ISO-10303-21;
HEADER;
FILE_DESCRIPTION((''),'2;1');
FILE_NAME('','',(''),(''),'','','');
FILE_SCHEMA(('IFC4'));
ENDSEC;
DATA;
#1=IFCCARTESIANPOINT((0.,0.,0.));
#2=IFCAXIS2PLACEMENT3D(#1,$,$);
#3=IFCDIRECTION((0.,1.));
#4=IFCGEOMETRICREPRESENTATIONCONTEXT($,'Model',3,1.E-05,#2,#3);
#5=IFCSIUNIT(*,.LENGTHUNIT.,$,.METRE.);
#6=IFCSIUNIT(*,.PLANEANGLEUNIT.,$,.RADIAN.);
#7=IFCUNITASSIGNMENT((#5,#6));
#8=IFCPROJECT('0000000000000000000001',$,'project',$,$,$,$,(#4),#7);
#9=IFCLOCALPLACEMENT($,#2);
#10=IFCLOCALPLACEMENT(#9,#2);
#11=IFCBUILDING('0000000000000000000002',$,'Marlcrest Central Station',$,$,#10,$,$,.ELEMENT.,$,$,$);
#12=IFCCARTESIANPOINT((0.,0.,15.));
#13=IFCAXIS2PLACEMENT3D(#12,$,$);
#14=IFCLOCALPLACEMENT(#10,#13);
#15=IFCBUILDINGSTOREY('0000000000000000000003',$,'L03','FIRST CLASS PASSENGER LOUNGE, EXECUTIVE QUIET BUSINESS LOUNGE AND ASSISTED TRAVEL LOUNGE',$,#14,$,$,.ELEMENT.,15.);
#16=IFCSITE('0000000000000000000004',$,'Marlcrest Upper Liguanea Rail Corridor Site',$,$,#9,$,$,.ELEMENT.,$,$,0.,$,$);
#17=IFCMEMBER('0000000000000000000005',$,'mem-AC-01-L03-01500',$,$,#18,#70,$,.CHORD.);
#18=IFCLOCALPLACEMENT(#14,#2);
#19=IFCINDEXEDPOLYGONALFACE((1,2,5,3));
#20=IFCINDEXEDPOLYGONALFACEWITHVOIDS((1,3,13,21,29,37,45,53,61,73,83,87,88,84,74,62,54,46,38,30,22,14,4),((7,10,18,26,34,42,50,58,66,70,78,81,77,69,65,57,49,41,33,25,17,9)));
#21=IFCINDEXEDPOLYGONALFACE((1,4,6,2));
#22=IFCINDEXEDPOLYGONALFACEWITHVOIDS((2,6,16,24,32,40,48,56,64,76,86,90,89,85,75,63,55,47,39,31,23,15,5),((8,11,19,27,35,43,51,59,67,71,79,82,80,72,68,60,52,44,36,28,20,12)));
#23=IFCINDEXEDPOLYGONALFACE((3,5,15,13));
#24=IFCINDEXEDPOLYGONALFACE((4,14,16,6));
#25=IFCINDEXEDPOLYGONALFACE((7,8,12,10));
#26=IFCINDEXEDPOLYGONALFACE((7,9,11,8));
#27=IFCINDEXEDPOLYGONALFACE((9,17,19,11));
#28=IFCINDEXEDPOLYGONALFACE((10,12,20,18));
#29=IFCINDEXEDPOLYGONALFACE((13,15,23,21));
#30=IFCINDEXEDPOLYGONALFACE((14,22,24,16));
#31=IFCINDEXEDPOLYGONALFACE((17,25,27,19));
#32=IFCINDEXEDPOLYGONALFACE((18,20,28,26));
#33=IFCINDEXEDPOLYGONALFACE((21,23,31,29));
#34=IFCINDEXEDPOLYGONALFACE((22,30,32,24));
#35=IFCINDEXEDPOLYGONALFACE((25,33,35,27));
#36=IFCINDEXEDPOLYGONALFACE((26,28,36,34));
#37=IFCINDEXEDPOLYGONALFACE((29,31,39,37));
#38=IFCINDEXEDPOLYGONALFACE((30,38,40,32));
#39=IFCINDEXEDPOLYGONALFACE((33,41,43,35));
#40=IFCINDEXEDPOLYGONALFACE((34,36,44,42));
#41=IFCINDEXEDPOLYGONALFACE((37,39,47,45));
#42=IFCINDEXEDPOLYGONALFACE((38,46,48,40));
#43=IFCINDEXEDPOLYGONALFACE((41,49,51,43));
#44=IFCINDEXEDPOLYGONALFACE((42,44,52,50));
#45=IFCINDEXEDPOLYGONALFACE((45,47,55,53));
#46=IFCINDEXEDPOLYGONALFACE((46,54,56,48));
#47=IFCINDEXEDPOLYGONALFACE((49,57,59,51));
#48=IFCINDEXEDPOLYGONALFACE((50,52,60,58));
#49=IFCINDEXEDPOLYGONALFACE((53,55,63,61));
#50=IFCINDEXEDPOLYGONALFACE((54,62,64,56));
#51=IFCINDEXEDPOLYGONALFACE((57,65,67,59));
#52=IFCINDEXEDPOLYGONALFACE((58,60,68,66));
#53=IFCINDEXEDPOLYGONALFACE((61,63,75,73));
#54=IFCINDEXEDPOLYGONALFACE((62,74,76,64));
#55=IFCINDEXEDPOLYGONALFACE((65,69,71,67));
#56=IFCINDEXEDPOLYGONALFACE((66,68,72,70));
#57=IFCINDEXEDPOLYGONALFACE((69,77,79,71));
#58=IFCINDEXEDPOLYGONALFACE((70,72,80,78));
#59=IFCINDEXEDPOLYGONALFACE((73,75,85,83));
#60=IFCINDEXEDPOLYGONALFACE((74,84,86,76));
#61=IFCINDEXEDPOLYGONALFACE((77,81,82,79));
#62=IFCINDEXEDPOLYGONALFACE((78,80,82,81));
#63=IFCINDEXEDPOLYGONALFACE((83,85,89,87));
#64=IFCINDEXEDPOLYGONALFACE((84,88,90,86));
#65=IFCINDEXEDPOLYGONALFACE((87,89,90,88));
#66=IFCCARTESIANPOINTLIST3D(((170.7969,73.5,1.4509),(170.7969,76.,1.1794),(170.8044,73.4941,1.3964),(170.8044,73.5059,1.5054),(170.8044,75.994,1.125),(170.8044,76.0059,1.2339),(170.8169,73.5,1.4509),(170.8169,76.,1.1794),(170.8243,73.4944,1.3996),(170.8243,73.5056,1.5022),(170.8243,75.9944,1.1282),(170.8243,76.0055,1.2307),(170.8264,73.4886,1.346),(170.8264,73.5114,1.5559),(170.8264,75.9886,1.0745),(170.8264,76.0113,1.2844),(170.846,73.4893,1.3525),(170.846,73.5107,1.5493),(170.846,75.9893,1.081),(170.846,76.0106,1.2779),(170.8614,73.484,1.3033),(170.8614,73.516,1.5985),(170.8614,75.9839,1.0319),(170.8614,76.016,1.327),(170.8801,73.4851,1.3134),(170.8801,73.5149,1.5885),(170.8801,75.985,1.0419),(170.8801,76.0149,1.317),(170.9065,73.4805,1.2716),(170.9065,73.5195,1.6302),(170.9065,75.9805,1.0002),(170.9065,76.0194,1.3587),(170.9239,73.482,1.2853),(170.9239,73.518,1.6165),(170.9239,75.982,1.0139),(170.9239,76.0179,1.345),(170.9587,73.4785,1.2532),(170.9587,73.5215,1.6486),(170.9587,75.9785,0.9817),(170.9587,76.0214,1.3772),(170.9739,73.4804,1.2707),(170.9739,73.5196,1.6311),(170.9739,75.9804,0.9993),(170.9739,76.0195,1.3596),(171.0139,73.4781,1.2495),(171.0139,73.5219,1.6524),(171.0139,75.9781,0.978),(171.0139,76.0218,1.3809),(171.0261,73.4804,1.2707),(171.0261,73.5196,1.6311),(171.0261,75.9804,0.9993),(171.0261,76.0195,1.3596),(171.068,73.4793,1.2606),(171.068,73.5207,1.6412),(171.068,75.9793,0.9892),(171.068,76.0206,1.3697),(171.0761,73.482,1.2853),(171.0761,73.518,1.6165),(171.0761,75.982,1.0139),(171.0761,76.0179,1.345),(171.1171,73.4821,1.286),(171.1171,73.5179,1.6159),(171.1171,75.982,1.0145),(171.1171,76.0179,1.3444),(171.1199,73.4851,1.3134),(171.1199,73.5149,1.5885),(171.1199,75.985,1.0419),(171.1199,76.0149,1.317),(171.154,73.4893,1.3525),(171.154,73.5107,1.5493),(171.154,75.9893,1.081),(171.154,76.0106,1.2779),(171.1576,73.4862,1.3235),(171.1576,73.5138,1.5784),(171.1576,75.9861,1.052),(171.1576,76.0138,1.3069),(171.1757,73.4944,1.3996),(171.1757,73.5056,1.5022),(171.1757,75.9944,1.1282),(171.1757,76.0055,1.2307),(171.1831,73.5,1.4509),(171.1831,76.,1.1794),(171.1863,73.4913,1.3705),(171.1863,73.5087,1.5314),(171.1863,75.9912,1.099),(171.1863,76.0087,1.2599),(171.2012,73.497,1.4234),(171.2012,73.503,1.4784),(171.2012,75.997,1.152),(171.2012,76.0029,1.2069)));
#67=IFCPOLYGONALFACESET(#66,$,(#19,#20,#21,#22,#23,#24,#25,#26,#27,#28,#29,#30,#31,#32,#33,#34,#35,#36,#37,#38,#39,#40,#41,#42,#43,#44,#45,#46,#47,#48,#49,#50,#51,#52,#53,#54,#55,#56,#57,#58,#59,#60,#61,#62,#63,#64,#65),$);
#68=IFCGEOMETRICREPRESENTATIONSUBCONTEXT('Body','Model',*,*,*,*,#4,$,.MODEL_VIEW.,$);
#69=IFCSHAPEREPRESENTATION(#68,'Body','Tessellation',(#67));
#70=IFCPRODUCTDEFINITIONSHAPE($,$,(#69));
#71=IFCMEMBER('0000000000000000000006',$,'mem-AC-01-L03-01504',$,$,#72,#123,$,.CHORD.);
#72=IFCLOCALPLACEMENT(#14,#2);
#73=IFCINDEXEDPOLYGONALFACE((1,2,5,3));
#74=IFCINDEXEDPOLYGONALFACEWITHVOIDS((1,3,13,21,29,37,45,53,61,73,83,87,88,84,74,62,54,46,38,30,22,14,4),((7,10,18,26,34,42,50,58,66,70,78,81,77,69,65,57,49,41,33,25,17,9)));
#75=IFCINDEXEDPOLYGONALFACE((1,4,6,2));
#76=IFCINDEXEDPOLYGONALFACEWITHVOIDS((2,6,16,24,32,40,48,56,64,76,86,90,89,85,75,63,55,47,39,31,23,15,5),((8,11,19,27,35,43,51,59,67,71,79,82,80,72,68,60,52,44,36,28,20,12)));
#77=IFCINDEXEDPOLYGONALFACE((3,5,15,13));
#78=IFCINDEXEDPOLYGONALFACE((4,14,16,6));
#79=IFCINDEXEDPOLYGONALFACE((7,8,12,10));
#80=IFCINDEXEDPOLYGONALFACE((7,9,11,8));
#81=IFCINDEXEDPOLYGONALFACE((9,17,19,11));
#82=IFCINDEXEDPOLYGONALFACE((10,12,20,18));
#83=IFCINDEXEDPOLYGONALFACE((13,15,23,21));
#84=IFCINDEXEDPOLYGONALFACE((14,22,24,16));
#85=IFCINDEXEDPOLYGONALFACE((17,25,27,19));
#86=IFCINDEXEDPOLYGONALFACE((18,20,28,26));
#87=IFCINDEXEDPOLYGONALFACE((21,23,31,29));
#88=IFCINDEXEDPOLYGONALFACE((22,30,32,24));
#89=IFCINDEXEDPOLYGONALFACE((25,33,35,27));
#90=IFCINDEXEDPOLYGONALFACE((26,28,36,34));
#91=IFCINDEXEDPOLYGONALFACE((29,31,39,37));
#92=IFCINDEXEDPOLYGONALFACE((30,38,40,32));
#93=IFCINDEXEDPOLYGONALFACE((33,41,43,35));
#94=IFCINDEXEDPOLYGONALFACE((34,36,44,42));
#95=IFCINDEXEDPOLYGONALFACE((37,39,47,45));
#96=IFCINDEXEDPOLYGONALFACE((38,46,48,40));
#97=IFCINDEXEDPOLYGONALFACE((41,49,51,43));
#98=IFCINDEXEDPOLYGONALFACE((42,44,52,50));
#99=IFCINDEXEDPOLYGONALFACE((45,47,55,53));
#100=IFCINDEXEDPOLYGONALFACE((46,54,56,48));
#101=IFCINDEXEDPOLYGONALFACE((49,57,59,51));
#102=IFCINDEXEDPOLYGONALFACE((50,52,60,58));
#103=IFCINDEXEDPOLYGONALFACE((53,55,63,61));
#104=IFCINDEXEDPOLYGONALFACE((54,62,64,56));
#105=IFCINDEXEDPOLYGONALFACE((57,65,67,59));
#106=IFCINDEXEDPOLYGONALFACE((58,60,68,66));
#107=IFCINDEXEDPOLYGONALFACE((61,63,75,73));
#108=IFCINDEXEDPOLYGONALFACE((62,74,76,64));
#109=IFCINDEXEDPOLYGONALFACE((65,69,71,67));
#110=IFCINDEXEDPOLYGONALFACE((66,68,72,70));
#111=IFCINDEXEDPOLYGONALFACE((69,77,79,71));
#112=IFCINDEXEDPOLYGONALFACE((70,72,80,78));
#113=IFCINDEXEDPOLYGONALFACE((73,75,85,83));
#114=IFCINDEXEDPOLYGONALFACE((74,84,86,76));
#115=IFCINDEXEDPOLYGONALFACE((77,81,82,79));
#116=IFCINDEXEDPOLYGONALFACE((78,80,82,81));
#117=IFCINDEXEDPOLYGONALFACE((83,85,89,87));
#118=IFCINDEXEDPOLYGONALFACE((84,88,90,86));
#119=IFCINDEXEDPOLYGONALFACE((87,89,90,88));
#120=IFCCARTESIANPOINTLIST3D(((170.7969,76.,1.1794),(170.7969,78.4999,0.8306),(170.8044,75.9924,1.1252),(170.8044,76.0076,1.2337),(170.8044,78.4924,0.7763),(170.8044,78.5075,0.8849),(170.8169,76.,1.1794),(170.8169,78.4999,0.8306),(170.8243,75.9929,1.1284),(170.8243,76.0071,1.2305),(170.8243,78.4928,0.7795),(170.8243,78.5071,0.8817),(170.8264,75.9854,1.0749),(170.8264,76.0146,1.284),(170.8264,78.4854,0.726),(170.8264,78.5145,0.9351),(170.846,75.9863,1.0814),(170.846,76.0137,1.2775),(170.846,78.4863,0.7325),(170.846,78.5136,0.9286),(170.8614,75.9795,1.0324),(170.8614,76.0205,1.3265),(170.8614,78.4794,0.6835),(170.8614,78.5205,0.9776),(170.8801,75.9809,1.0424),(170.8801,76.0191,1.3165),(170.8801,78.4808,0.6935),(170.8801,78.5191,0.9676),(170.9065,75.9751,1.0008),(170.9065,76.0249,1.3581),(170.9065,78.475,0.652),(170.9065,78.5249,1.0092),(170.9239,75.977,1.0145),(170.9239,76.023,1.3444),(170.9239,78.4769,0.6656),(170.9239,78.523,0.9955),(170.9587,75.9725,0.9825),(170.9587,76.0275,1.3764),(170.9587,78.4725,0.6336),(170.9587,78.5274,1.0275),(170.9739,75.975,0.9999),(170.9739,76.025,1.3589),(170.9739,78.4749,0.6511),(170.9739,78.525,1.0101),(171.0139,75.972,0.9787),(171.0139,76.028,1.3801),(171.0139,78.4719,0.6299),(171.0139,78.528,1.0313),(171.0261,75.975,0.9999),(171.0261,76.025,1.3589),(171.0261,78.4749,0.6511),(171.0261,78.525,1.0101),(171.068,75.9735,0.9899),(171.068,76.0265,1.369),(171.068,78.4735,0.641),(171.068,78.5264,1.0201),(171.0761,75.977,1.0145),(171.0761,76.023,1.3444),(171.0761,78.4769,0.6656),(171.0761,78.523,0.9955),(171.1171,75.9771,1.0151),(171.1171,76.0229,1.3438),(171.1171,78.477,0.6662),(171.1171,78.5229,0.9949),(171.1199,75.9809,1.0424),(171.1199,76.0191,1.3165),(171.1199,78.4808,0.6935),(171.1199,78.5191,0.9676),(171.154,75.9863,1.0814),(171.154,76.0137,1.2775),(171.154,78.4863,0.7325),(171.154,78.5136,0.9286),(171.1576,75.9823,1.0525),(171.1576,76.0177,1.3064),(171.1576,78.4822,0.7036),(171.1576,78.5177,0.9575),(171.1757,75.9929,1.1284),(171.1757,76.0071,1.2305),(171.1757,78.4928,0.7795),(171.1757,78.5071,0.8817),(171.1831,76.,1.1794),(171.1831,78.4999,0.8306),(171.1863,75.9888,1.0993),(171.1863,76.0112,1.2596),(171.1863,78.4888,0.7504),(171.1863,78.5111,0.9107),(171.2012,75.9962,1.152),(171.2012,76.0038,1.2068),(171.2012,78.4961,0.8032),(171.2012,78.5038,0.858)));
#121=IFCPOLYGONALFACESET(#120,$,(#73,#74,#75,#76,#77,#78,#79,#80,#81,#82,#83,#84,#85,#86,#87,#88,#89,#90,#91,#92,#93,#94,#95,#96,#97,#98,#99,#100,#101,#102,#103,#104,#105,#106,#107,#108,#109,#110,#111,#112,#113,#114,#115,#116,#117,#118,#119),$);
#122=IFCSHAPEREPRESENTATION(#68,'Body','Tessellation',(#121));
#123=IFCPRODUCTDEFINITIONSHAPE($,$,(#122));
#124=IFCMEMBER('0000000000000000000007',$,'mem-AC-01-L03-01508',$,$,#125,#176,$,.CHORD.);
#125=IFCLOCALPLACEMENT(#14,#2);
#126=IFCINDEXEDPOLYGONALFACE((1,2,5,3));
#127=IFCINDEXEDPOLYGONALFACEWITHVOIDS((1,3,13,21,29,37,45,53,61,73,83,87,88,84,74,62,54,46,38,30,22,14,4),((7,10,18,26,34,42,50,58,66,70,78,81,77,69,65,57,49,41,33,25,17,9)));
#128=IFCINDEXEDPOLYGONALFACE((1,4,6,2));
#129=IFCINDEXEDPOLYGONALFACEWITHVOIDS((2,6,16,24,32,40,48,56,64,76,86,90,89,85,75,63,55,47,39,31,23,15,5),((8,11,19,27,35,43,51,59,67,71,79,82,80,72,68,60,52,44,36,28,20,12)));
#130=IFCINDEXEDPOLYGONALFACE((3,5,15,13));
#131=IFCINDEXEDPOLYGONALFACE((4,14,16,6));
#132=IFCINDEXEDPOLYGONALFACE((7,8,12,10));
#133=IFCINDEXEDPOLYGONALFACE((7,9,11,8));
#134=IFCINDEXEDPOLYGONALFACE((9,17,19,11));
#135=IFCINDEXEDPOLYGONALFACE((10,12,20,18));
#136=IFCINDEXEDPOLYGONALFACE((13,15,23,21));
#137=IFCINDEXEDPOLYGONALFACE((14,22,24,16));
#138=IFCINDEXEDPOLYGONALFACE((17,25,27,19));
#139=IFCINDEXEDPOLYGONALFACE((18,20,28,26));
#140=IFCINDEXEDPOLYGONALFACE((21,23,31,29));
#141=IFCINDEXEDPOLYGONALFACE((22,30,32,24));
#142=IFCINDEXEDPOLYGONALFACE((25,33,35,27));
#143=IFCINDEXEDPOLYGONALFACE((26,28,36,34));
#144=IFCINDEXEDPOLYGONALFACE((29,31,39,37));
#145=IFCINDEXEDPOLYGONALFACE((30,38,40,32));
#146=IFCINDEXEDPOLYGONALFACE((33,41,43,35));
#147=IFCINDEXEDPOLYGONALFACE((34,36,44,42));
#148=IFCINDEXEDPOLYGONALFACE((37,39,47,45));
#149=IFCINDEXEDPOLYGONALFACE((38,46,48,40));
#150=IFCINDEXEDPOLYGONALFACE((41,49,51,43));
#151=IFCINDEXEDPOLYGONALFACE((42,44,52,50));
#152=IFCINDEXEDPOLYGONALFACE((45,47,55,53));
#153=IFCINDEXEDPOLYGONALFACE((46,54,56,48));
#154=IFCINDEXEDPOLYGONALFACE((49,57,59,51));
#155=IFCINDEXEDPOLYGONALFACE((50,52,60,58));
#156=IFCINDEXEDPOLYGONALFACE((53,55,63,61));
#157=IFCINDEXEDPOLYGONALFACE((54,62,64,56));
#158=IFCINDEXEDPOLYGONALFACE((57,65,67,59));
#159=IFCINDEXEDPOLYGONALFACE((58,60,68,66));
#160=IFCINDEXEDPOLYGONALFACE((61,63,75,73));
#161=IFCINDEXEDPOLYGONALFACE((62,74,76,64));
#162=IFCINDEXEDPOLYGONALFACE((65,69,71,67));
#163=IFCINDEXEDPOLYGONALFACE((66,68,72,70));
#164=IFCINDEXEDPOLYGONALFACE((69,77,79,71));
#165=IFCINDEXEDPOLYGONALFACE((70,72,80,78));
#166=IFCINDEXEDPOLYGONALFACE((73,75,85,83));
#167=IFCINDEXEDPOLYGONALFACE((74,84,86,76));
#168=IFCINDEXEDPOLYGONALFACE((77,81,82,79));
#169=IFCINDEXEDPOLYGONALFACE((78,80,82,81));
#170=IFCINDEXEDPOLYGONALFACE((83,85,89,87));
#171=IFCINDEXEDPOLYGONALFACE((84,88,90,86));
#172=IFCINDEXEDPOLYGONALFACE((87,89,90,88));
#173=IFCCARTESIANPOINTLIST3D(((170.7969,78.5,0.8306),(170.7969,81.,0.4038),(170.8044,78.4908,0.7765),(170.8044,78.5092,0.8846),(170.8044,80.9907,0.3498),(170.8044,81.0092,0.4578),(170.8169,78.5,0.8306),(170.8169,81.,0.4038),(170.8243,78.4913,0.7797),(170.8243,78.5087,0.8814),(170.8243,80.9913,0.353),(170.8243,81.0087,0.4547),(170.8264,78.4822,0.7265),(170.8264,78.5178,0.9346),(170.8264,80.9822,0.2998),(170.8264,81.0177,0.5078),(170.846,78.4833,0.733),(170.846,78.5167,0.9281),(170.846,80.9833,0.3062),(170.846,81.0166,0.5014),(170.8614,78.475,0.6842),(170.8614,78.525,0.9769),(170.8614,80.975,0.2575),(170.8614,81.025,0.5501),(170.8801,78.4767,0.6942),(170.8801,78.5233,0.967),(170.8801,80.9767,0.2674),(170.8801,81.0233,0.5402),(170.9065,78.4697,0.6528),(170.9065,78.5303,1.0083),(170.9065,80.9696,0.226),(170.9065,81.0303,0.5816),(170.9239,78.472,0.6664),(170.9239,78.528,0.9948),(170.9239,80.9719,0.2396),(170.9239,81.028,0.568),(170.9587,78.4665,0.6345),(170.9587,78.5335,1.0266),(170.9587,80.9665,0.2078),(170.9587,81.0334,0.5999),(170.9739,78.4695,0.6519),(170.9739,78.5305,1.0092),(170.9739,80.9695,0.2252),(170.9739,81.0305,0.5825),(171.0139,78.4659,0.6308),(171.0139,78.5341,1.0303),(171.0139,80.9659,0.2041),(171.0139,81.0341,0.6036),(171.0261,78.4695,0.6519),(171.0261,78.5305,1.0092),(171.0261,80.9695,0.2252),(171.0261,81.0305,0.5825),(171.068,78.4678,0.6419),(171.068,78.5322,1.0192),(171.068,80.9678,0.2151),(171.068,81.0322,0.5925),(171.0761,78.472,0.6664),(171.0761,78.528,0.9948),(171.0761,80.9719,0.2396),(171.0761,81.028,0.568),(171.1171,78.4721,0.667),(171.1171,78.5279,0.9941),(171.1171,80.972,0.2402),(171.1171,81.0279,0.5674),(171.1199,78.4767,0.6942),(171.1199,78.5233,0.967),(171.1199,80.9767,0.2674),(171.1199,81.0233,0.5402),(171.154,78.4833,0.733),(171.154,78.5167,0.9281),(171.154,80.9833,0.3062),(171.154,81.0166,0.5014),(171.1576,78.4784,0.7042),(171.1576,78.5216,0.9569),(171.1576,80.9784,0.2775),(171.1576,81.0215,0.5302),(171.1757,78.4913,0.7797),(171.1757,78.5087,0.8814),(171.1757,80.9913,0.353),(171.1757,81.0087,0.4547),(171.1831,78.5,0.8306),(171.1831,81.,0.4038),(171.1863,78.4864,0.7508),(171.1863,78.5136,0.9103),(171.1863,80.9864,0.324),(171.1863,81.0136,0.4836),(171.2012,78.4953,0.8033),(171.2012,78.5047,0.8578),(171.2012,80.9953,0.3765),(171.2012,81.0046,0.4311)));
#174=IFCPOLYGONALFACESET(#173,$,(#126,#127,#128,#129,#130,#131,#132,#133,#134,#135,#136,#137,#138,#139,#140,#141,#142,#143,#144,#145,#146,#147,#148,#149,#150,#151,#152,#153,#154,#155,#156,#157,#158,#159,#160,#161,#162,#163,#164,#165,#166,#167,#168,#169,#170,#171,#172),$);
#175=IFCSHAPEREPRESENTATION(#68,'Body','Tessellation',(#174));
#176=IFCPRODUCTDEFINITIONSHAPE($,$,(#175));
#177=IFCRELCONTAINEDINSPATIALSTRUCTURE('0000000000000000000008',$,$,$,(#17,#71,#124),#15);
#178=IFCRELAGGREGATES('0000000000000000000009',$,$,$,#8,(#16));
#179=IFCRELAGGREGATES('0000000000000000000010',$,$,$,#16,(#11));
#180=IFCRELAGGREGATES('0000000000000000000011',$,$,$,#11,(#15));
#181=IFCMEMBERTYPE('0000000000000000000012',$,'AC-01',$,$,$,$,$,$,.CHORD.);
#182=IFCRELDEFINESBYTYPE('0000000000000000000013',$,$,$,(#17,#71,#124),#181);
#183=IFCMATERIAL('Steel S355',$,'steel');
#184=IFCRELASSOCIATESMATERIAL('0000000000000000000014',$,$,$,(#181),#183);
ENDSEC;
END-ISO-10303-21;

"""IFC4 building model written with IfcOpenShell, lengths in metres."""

from ifc_helpers import new_model, si_unit, direction, frame, origin, origin_2d, place, context, subcontext, project, spatial, hollow_circle, extrude, material, material_profile, profile_set, type_object, element, save


model = new_model("IFC4")

# Units and contexts
model_context = context("Model", 3, precision=1e-05, world=origin(), true_north=direction((0.0, 1.0)))
body_context = subcontext(model_context, "Body", "Model", "MODEL_VIEW")
ifc_project = project(units=[si_unit("LENGTHUNIT", "METRE"), si_unit("PLANEANGLEUNIT", "RADIAN")], contexts=[model_context])

# Site, building, storey
site_placement = place(None, origin())
site = spatial("IfcSite", under=ifc_project, at=site_placement, Name="Marlcrest Upper Liguanea Rail Corridor Site", CompositionType="ELEMENT", RefElevation=0.0)
building_placement = place(site_placement, origin())
building = spatial("IfcBuilding", under=site, at=building_placement, Name="Marlcrest Central Station", CompositionType="ELEMENT")
storey_placement = place(building_placement, frame((0.0, 0.0, 15.0)))
storey = spatial("IfcBuildingStorey", under=building, at=storey_placement, Name="L03", Description="FIRST CLASS PASSENGER LOUNGE, EXECUTIVE QUIET BUSINESS LOUNGE AND ASSISTED TRAVEL LOUNGE", CompositionType="ELEMENT", Elevation=15.0)

# Members
ifc_material_1 = material(Name="Steel S355", Category="steel")
ifc_material_profile_1 = material_profile(ifc_material_1, hollow_circle(Radius=0.2031, WallThickness=0.02, at=origin_2d()), Name="CHS 406.4x20")
ifc_profile_set_1 = profile_set([ifc_material_profile_1], Name="Steel S355")
member_type_1 = type_object("IfcMemberType", Name="AC-01", PredefinedType="CHORD", material=ifc_profile_set_1)
member_1_placement = place(storey_placement, frame((171.0, 73.5, 1.4509), z_axis=(0.0, 0.994155, -0.107959), x_axis=(-1.0, 0.0, 0.0)))
element("IfcMember", 1, at=member_1_placement, inside=storey, type_object=member_type_1, Name="mem-AC-01-L03-01500", PredefinedType="CHORD", context=body_context, shape_type="SweptSolid", body=[
    extrude(hollow_circle(Radius=0.2031, WallThickness=0.02, at=origin_2d()), origin(), (0.0, 0.0, 1.0), 2.5146),
])
member_2_placement = place(storey_placement, frame((171.0, 76.0, 1.1794), z_axis=(0.0, 0.990403, -0.138211), x_axis=(-1.0, 0.0, 0.0)))
element("IfcMember", 2, at=member_2_placement, inside=storey, type_object=member_type_1, Name="mem-AC-01-L03-01504", PredefinedType="CHORD", context=body_context, shape_type="SweptSolid", body=[
    extrude(hollow_circle(Radius=0.2031, WallThickness=0.02, at=origin_2d()), origin(), (0.0, 0.0, 1.0), 2.5242),
])
member_3_placement = place(storey_placement, frame((171.0, 78.5, 0.8306), z_axis=(0.0, 0.985741, -0.168269), x_axis=(-1.0, 0.0, 0.0)))
element("IfcMember", 3, at=member_3_placement, inside=storey, type_object=member_type_1, Name="mem-AC-01-L03-01508", PredefinedType="CHORD", context=body_context, shape_type="SweptSolid", body=[
    extrude(hollow_circle(Radius=0.2031, WallThickness=0.02, at=origin_2d()), origin(), (0.0, 0.0, 1.0), 2.5361),
])

save(model, "model.ifc")
